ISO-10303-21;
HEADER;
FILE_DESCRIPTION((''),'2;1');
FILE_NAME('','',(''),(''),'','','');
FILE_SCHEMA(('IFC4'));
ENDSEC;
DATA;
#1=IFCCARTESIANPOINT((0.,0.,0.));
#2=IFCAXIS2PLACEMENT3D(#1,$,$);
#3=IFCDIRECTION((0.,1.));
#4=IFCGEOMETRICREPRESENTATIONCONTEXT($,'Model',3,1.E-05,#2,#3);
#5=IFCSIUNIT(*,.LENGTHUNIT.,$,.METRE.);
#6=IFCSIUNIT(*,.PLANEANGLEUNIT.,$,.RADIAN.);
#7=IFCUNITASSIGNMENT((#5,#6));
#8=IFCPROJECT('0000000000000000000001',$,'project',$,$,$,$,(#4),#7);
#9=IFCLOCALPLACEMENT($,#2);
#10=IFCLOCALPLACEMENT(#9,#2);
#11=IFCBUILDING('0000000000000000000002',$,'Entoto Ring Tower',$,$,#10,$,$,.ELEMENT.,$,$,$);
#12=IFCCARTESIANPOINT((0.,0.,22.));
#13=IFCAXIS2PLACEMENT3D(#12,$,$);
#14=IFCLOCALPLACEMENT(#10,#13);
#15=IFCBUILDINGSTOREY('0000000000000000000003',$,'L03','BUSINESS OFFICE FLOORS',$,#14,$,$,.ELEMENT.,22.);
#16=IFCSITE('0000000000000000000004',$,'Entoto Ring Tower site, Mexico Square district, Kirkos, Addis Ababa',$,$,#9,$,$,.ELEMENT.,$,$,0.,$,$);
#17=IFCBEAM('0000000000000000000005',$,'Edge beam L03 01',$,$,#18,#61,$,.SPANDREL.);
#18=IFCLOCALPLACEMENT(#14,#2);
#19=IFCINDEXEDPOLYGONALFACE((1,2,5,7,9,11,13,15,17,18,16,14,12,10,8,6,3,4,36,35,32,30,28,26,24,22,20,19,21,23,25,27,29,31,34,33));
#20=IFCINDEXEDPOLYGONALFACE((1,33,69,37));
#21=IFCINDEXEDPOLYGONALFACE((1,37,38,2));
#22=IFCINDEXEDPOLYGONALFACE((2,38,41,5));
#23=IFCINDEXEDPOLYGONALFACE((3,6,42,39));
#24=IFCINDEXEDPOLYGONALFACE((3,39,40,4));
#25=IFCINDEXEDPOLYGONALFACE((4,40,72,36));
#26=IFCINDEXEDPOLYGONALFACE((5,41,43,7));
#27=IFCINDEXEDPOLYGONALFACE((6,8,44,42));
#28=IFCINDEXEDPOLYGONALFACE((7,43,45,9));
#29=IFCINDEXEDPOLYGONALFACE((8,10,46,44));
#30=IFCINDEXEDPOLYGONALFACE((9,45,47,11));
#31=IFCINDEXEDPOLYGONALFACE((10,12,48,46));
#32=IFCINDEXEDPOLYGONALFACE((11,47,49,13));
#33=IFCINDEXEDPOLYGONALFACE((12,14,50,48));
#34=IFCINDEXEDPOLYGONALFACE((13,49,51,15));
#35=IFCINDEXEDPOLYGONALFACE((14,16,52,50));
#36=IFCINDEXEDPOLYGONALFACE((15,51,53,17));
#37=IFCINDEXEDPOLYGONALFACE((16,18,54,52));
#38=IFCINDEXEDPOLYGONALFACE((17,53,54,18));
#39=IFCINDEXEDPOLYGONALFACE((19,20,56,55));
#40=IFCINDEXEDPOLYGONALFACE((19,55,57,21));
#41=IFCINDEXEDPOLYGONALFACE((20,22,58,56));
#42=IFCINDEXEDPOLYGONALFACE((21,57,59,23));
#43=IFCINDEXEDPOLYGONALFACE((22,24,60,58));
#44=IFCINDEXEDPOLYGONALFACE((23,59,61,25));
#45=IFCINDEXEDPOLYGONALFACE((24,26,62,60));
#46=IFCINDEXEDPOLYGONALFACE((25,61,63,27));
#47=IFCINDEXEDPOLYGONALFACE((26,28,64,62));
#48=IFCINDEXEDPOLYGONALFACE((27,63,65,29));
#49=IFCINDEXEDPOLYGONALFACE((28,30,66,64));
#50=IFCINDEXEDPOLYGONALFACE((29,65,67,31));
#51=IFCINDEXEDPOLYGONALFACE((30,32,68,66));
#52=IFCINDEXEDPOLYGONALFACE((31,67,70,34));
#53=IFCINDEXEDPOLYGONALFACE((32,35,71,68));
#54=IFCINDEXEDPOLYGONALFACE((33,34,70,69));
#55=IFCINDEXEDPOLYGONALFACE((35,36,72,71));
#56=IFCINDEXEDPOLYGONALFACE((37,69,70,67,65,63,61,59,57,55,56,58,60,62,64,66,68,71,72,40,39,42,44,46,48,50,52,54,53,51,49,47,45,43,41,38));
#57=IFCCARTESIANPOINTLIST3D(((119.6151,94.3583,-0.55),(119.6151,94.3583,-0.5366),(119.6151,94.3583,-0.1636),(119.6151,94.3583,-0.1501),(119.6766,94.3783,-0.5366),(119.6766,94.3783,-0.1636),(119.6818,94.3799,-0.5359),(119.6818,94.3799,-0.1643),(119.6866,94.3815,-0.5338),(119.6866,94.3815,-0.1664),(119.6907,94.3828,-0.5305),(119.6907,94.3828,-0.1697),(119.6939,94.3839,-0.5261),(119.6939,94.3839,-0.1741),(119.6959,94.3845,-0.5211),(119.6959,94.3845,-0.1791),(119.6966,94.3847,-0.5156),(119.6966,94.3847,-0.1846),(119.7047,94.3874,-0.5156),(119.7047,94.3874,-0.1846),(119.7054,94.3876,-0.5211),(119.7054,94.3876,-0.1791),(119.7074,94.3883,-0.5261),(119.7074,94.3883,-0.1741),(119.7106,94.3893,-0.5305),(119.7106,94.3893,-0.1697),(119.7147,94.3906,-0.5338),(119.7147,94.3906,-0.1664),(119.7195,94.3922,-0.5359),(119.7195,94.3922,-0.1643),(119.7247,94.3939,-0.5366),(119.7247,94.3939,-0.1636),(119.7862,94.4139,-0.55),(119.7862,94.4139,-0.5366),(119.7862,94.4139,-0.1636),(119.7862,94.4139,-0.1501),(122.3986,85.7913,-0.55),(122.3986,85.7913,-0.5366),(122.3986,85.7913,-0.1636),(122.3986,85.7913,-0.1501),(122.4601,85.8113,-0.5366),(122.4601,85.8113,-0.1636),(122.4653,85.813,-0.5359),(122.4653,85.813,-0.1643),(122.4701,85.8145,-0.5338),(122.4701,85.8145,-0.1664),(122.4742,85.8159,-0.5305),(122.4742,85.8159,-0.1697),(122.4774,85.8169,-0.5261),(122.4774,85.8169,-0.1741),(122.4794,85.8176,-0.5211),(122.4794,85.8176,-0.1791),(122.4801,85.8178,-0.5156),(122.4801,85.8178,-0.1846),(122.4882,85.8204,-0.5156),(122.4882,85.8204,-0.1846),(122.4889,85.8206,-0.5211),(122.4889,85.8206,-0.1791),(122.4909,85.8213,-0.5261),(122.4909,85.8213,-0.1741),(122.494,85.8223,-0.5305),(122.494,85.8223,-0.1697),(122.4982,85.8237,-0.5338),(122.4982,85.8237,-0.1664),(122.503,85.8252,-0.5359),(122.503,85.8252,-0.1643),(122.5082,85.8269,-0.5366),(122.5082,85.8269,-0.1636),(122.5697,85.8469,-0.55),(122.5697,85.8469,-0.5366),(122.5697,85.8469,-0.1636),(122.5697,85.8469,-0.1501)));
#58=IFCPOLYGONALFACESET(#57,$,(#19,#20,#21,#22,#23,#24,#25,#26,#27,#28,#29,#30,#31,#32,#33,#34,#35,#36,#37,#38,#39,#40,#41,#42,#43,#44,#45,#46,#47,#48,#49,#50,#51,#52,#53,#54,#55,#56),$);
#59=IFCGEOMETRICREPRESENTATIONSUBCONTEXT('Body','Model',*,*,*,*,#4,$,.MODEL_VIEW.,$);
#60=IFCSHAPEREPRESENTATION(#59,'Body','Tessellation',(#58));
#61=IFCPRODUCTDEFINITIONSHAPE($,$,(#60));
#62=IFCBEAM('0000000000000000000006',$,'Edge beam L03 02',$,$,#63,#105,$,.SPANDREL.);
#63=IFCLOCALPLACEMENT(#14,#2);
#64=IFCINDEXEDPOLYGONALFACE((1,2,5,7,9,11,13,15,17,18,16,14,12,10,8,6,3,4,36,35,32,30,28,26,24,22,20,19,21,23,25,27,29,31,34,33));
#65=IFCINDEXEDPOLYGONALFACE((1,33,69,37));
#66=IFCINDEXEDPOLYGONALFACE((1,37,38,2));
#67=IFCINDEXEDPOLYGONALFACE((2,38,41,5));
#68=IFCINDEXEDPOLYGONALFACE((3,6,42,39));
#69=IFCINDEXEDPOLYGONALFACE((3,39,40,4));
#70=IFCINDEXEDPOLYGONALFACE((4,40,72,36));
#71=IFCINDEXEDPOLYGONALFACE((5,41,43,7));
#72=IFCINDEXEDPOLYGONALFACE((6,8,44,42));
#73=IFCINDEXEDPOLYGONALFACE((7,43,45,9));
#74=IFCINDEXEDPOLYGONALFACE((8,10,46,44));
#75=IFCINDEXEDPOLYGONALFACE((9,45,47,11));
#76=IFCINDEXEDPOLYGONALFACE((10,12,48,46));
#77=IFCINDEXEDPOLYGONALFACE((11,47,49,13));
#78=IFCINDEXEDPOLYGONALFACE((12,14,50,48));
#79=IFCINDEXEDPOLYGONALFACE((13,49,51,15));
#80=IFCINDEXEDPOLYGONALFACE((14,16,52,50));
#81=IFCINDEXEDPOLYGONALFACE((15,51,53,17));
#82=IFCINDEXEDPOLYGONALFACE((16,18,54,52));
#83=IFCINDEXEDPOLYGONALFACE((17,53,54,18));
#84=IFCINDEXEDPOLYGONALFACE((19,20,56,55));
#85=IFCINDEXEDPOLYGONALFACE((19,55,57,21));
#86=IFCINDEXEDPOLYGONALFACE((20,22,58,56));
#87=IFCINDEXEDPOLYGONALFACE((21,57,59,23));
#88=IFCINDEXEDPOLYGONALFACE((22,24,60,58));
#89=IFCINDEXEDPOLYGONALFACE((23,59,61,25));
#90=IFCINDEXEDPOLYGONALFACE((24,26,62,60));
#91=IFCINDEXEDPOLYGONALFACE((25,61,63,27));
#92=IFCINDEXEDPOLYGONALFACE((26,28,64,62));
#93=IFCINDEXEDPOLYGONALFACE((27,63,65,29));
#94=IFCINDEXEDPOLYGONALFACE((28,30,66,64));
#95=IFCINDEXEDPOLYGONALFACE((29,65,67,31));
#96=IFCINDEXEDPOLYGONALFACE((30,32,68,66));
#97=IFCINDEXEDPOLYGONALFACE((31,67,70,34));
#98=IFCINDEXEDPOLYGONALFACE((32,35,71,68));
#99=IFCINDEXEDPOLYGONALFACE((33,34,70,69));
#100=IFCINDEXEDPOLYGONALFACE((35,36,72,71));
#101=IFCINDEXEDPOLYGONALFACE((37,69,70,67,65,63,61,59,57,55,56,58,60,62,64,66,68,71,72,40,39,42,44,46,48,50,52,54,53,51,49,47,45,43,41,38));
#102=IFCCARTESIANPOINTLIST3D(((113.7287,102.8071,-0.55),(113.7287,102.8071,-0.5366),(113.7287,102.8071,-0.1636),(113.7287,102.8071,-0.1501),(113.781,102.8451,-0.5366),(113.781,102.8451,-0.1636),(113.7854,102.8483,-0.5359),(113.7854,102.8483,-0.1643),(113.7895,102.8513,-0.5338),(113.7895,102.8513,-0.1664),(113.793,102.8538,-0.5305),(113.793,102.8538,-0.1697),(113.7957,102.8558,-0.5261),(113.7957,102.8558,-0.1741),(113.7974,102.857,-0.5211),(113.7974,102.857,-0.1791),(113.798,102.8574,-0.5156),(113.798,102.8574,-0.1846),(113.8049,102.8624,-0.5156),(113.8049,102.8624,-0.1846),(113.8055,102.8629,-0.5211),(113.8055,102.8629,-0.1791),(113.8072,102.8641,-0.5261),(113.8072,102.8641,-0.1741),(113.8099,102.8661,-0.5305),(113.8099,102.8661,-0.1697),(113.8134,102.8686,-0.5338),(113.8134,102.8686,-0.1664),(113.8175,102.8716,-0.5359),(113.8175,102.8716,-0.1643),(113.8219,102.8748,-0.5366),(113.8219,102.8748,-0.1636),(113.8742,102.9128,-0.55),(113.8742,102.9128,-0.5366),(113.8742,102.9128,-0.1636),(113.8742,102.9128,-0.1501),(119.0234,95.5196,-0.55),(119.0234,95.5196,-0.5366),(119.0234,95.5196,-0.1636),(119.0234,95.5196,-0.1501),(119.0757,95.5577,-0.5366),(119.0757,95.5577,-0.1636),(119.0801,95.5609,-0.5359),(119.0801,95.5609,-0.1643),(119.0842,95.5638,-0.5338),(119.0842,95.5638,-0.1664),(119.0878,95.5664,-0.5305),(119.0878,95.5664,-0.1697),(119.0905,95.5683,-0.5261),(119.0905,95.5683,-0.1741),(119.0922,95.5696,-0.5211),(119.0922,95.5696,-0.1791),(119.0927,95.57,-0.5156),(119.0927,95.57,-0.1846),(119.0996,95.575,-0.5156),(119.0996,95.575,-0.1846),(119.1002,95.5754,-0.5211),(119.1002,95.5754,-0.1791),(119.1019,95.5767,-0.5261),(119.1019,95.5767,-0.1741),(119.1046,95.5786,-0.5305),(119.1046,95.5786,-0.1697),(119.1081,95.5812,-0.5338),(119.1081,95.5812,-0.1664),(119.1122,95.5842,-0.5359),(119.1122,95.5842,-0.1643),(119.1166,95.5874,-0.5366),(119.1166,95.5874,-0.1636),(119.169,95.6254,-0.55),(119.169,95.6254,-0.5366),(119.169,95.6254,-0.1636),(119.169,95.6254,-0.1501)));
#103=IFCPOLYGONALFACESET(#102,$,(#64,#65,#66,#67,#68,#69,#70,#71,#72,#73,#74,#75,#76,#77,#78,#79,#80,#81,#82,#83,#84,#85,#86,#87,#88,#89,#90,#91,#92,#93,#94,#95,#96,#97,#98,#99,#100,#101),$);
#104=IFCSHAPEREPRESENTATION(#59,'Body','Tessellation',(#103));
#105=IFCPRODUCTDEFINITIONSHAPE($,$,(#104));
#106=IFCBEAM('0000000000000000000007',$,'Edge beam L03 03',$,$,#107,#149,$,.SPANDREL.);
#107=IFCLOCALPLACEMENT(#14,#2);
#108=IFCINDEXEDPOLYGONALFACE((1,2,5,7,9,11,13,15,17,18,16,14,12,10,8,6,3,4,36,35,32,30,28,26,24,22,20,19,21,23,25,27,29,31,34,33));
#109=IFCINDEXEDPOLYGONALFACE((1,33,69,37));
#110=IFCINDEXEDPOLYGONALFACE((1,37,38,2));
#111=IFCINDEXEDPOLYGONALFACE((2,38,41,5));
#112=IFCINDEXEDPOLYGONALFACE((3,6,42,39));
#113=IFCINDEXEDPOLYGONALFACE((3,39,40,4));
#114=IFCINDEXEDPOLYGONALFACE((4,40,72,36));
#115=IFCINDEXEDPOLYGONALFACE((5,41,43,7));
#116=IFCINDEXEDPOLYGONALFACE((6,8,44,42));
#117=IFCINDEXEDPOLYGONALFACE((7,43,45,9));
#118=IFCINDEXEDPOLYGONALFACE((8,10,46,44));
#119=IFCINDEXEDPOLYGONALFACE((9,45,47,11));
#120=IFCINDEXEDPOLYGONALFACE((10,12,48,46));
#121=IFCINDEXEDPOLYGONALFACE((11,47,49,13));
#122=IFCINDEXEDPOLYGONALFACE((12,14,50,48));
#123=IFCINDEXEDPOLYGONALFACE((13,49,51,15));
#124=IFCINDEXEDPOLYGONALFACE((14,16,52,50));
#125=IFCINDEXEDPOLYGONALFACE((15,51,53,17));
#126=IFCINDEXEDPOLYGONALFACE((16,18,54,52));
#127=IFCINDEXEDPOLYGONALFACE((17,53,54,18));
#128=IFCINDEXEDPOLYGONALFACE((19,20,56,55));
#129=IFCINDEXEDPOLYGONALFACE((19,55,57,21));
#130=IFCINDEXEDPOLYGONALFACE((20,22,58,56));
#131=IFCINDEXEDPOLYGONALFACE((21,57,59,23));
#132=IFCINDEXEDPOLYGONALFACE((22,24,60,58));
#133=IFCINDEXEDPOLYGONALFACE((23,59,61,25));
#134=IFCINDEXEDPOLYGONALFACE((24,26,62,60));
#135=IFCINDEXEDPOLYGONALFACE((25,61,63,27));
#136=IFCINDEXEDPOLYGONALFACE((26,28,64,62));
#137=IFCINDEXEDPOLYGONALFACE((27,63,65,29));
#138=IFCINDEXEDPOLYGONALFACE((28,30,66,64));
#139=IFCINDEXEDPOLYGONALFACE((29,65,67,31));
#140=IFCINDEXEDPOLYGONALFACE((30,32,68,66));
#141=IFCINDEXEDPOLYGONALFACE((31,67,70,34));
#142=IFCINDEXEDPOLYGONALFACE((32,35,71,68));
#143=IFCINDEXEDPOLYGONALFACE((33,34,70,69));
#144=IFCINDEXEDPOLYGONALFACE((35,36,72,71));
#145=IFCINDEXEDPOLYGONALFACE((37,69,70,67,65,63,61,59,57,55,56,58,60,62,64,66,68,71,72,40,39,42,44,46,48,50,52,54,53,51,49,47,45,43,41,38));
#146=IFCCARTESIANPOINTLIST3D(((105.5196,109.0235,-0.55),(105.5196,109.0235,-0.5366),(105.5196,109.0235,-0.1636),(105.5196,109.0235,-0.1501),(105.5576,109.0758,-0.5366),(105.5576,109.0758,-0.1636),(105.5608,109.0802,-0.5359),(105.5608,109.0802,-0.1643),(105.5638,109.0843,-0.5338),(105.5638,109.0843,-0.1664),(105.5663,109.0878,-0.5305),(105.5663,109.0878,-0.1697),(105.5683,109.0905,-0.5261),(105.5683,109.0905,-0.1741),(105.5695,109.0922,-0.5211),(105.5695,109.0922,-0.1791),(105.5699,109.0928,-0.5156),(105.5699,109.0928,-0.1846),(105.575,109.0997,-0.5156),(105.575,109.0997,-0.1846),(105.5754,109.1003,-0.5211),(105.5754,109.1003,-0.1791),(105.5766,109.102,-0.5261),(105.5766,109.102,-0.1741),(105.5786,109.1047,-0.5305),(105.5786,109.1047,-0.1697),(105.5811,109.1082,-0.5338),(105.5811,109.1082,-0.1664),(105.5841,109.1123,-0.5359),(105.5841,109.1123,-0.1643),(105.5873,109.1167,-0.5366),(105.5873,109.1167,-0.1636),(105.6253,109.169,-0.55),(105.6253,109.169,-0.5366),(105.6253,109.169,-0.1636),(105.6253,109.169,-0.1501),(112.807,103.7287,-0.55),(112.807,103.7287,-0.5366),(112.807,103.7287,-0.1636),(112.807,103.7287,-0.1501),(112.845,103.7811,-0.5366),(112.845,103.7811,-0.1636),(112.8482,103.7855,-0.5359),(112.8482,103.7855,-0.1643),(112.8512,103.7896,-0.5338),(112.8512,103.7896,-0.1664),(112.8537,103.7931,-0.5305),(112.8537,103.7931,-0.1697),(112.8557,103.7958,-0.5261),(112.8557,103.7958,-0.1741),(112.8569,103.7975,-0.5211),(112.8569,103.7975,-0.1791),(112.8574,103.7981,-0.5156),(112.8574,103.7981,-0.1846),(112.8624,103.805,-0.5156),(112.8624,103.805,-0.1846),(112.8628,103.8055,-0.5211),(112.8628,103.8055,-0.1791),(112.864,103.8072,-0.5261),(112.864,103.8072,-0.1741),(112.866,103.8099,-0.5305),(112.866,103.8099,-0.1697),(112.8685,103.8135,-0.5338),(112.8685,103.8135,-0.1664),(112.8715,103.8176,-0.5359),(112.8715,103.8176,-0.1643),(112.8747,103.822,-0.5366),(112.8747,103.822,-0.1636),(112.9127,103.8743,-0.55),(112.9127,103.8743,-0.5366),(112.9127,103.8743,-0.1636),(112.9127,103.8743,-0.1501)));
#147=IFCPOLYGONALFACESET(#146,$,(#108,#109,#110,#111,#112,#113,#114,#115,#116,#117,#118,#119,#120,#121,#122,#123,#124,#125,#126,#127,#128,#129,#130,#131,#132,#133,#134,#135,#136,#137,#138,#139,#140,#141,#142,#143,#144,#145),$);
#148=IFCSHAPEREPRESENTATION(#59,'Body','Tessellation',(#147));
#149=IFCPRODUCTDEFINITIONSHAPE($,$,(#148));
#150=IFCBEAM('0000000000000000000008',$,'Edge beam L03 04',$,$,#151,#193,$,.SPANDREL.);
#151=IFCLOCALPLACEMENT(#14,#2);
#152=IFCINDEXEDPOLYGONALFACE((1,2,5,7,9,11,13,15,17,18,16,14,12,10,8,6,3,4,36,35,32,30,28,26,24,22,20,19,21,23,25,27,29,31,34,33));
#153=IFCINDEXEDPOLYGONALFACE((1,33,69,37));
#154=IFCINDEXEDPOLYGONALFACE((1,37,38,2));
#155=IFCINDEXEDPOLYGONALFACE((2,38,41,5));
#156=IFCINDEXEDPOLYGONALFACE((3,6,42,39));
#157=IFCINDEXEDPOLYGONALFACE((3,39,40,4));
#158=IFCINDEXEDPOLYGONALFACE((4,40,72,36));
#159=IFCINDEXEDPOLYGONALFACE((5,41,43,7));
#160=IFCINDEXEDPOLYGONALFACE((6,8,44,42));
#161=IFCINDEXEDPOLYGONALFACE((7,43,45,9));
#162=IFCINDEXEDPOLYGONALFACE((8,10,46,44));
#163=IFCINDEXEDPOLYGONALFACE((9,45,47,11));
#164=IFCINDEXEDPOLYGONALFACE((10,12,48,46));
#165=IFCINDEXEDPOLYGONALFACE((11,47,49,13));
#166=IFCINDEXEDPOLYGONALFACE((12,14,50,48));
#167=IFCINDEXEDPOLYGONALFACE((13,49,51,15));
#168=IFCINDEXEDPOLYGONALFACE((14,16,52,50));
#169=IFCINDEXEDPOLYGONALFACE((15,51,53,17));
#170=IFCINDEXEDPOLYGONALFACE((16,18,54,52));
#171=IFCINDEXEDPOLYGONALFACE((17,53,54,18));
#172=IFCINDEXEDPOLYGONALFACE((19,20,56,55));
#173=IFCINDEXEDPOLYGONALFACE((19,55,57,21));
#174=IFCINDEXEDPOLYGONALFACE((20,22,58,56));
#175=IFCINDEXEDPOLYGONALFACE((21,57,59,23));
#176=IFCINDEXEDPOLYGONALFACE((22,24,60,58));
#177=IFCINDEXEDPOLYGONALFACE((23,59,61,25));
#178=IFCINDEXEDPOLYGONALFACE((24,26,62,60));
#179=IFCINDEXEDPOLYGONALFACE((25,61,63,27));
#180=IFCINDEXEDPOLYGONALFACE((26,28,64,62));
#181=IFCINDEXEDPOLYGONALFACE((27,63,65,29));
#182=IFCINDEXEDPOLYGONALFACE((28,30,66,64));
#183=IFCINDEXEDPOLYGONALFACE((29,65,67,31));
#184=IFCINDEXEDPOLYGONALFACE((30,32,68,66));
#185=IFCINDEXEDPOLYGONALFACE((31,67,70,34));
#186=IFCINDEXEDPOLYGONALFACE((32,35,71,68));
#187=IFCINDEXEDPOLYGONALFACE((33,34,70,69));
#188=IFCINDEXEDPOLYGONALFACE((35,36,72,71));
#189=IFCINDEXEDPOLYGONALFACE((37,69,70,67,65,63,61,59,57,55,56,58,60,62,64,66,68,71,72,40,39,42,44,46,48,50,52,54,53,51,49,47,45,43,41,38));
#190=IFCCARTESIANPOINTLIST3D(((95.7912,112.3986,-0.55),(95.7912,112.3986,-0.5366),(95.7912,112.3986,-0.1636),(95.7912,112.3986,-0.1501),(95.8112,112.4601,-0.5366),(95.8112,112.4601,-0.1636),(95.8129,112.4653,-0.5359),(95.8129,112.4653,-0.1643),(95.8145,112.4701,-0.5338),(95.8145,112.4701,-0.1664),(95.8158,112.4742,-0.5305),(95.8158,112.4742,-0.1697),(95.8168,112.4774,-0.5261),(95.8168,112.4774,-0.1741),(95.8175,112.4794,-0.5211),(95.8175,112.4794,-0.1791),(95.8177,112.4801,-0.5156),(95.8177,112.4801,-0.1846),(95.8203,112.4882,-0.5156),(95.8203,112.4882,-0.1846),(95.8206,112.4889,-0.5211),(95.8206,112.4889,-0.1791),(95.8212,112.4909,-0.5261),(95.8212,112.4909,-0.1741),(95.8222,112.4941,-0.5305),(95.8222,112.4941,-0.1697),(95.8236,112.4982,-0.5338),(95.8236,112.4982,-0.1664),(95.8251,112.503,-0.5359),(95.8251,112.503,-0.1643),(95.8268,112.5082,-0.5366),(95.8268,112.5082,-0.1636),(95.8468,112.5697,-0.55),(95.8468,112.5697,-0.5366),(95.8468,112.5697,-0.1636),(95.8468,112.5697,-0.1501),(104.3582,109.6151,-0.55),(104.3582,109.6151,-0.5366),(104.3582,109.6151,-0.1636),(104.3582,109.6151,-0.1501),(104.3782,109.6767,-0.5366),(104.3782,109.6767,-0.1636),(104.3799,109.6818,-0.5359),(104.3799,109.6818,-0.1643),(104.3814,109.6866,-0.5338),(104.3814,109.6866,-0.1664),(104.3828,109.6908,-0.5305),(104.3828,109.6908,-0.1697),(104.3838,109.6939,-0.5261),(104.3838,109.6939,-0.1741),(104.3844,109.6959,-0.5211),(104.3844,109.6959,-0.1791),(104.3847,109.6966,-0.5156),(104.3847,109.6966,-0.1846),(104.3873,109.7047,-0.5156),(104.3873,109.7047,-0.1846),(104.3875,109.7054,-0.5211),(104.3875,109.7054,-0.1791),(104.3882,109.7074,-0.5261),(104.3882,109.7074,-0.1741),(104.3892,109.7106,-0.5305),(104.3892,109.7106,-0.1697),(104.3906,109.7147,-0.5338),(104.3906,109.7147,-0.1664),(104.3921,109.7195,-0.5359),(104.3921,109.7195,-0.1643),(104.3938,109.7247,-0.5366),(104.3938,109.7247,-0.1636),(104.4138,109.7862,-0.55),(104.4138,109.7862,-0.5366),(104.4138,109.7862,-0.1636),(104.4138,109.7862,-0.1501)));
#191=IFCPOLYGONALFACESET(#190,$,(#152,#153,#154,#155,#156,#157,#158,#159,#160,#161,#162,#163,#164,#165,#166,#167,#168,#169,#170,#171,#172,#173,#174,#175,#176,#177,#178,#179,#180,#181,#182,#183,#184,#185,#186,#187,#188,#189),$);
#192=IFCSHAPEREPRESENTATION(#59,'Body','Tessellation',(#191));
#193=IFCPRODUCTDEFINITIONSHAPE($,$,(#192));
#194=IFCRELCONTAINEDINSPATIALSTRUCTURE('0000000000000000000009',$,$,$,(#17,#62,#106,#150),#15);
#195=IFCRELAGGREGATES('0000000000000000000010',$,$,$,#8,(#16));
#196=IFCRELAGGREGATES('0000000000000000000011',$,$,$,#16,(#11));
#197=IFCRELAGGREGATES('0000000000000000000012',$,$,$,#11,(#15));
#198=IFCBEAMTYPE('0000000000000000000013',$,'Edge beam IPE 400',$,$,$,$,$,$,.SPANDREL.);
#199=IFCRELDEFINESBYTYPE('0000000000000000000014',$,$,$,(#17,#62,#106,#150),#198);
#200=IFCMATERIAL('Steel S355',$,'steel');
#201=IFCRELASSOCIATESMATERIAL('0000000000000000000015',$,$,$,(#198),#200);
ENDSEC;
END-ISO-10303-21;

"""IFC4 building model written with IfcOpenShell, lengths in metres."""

from ifc_helpers import new_model, si_unit, direction, frame, origin, origin_2d, place, context, subcontext, project, spatial, i_section, extrude, material, material_profile, profile_set, type_object, element, save


model = new_model("IFC4")

# Units and contexts
model_context = context("Model", 3, precision=1e-05, world=origin(), true_north=direction((0.0, 1.0)))
body_context = subcontext(model_context, "Body", "Model", "MODEL_VIEW")
ifc_project = project(units=[si_unit("LENGTHUNIT", "METRE"), si_unit("PLANEANGLEUNIT", "RADIAN")], contexts=[model_context])

# Site, building, storey
site_placement = place(None, origin())
site = spatial("IfcSite", under=ifc_project, at=site_placement, Name="Entoto Ring Tower site, Mexico Square district, Kirkos, Addis Ababa", CompositionType="ELEMENT", RefElevation=0.0)
building_placement = place(site_placement, origin())
building = spatial("IfcBuilding", under=site, at=building_placement, Name="Entoto Ring Tower", CompositionType="ELEMENT")
storey_placement = place(building_placement, frame((0.0, 0.0, 22.0)))
storey = spatial("IfcBuildingStorey", under=building, at=storey_placement, Name="L03", Description="BUSINESS OFFICE FLOORS", CompositionType="ELEMENT", Elevation=22.0)

# Beams
ifc_material_1 = material(Name="Steel S355", Category="steel")
ifc_material_profile_1 = material_profile(ifc_material_1, i_section(OverallWidth=0.1799, OverallDepth=0.3999, WebThickness=0.0085, FlangeThickness=0.0134, FilletRadius=0.021, at=origin_2d()), Name="IPE 400")
ifc_profile_set_1 = profile_set([ifc_material_profile_1], Name="Steel S355")
beam_type_1 = type_object("IfcBeamType", Name="Edge beam IPE 400", PredefinedType="SPANDREL", material=ifc_profile_set_1)
for number, where, z_axis, x_axis, name in (
    (1, (122.4841, 85.8191, -0.3501), (-0.309006, 0.95106, 0.0), (-0.95106, -0.309006, 0.0), "Edge beam L03 01"),
    (2, (119.0962, 95.5725, -0.3501), (-0.587793, 0.809011, 0.0), (-0.809011, -0.587793, 0.0), "Edge beam L03 02"),
    (3, (112.8599, 103.8015, -0.3501), (-0.809011, 0.587793, 0.0), (-0.587793, -0.809011, 0.0), "Edge beam L03 03"),
    (4, (104.386, 109.7007, -0.3501), (-0.95106, 0.309006, 0.0), (-0.309006, -0.95106, 0.0), "Edge beam L03 04"),
):
    element("IfcBeam", number, at=place(storey_placement, frame(where, z_axis=z_axis, x_axis=x_axis)), inside=storey, type_object=beam_type_1, Name=name, PredefinedType="SPANDREL", context=body_context, shape_type="SweptSolid", body=[
        extrude(i_section(OverallWidth=0.1799, OverallDepth=0.3999, WebThickness=0.0085, FlangeThickness=0.0134, FilletRadius=0.021, at=origin_2d()), origin(), (0.0, 0.0, 1.0), 9.0078),
    ])

save(model, "model.ifc")
